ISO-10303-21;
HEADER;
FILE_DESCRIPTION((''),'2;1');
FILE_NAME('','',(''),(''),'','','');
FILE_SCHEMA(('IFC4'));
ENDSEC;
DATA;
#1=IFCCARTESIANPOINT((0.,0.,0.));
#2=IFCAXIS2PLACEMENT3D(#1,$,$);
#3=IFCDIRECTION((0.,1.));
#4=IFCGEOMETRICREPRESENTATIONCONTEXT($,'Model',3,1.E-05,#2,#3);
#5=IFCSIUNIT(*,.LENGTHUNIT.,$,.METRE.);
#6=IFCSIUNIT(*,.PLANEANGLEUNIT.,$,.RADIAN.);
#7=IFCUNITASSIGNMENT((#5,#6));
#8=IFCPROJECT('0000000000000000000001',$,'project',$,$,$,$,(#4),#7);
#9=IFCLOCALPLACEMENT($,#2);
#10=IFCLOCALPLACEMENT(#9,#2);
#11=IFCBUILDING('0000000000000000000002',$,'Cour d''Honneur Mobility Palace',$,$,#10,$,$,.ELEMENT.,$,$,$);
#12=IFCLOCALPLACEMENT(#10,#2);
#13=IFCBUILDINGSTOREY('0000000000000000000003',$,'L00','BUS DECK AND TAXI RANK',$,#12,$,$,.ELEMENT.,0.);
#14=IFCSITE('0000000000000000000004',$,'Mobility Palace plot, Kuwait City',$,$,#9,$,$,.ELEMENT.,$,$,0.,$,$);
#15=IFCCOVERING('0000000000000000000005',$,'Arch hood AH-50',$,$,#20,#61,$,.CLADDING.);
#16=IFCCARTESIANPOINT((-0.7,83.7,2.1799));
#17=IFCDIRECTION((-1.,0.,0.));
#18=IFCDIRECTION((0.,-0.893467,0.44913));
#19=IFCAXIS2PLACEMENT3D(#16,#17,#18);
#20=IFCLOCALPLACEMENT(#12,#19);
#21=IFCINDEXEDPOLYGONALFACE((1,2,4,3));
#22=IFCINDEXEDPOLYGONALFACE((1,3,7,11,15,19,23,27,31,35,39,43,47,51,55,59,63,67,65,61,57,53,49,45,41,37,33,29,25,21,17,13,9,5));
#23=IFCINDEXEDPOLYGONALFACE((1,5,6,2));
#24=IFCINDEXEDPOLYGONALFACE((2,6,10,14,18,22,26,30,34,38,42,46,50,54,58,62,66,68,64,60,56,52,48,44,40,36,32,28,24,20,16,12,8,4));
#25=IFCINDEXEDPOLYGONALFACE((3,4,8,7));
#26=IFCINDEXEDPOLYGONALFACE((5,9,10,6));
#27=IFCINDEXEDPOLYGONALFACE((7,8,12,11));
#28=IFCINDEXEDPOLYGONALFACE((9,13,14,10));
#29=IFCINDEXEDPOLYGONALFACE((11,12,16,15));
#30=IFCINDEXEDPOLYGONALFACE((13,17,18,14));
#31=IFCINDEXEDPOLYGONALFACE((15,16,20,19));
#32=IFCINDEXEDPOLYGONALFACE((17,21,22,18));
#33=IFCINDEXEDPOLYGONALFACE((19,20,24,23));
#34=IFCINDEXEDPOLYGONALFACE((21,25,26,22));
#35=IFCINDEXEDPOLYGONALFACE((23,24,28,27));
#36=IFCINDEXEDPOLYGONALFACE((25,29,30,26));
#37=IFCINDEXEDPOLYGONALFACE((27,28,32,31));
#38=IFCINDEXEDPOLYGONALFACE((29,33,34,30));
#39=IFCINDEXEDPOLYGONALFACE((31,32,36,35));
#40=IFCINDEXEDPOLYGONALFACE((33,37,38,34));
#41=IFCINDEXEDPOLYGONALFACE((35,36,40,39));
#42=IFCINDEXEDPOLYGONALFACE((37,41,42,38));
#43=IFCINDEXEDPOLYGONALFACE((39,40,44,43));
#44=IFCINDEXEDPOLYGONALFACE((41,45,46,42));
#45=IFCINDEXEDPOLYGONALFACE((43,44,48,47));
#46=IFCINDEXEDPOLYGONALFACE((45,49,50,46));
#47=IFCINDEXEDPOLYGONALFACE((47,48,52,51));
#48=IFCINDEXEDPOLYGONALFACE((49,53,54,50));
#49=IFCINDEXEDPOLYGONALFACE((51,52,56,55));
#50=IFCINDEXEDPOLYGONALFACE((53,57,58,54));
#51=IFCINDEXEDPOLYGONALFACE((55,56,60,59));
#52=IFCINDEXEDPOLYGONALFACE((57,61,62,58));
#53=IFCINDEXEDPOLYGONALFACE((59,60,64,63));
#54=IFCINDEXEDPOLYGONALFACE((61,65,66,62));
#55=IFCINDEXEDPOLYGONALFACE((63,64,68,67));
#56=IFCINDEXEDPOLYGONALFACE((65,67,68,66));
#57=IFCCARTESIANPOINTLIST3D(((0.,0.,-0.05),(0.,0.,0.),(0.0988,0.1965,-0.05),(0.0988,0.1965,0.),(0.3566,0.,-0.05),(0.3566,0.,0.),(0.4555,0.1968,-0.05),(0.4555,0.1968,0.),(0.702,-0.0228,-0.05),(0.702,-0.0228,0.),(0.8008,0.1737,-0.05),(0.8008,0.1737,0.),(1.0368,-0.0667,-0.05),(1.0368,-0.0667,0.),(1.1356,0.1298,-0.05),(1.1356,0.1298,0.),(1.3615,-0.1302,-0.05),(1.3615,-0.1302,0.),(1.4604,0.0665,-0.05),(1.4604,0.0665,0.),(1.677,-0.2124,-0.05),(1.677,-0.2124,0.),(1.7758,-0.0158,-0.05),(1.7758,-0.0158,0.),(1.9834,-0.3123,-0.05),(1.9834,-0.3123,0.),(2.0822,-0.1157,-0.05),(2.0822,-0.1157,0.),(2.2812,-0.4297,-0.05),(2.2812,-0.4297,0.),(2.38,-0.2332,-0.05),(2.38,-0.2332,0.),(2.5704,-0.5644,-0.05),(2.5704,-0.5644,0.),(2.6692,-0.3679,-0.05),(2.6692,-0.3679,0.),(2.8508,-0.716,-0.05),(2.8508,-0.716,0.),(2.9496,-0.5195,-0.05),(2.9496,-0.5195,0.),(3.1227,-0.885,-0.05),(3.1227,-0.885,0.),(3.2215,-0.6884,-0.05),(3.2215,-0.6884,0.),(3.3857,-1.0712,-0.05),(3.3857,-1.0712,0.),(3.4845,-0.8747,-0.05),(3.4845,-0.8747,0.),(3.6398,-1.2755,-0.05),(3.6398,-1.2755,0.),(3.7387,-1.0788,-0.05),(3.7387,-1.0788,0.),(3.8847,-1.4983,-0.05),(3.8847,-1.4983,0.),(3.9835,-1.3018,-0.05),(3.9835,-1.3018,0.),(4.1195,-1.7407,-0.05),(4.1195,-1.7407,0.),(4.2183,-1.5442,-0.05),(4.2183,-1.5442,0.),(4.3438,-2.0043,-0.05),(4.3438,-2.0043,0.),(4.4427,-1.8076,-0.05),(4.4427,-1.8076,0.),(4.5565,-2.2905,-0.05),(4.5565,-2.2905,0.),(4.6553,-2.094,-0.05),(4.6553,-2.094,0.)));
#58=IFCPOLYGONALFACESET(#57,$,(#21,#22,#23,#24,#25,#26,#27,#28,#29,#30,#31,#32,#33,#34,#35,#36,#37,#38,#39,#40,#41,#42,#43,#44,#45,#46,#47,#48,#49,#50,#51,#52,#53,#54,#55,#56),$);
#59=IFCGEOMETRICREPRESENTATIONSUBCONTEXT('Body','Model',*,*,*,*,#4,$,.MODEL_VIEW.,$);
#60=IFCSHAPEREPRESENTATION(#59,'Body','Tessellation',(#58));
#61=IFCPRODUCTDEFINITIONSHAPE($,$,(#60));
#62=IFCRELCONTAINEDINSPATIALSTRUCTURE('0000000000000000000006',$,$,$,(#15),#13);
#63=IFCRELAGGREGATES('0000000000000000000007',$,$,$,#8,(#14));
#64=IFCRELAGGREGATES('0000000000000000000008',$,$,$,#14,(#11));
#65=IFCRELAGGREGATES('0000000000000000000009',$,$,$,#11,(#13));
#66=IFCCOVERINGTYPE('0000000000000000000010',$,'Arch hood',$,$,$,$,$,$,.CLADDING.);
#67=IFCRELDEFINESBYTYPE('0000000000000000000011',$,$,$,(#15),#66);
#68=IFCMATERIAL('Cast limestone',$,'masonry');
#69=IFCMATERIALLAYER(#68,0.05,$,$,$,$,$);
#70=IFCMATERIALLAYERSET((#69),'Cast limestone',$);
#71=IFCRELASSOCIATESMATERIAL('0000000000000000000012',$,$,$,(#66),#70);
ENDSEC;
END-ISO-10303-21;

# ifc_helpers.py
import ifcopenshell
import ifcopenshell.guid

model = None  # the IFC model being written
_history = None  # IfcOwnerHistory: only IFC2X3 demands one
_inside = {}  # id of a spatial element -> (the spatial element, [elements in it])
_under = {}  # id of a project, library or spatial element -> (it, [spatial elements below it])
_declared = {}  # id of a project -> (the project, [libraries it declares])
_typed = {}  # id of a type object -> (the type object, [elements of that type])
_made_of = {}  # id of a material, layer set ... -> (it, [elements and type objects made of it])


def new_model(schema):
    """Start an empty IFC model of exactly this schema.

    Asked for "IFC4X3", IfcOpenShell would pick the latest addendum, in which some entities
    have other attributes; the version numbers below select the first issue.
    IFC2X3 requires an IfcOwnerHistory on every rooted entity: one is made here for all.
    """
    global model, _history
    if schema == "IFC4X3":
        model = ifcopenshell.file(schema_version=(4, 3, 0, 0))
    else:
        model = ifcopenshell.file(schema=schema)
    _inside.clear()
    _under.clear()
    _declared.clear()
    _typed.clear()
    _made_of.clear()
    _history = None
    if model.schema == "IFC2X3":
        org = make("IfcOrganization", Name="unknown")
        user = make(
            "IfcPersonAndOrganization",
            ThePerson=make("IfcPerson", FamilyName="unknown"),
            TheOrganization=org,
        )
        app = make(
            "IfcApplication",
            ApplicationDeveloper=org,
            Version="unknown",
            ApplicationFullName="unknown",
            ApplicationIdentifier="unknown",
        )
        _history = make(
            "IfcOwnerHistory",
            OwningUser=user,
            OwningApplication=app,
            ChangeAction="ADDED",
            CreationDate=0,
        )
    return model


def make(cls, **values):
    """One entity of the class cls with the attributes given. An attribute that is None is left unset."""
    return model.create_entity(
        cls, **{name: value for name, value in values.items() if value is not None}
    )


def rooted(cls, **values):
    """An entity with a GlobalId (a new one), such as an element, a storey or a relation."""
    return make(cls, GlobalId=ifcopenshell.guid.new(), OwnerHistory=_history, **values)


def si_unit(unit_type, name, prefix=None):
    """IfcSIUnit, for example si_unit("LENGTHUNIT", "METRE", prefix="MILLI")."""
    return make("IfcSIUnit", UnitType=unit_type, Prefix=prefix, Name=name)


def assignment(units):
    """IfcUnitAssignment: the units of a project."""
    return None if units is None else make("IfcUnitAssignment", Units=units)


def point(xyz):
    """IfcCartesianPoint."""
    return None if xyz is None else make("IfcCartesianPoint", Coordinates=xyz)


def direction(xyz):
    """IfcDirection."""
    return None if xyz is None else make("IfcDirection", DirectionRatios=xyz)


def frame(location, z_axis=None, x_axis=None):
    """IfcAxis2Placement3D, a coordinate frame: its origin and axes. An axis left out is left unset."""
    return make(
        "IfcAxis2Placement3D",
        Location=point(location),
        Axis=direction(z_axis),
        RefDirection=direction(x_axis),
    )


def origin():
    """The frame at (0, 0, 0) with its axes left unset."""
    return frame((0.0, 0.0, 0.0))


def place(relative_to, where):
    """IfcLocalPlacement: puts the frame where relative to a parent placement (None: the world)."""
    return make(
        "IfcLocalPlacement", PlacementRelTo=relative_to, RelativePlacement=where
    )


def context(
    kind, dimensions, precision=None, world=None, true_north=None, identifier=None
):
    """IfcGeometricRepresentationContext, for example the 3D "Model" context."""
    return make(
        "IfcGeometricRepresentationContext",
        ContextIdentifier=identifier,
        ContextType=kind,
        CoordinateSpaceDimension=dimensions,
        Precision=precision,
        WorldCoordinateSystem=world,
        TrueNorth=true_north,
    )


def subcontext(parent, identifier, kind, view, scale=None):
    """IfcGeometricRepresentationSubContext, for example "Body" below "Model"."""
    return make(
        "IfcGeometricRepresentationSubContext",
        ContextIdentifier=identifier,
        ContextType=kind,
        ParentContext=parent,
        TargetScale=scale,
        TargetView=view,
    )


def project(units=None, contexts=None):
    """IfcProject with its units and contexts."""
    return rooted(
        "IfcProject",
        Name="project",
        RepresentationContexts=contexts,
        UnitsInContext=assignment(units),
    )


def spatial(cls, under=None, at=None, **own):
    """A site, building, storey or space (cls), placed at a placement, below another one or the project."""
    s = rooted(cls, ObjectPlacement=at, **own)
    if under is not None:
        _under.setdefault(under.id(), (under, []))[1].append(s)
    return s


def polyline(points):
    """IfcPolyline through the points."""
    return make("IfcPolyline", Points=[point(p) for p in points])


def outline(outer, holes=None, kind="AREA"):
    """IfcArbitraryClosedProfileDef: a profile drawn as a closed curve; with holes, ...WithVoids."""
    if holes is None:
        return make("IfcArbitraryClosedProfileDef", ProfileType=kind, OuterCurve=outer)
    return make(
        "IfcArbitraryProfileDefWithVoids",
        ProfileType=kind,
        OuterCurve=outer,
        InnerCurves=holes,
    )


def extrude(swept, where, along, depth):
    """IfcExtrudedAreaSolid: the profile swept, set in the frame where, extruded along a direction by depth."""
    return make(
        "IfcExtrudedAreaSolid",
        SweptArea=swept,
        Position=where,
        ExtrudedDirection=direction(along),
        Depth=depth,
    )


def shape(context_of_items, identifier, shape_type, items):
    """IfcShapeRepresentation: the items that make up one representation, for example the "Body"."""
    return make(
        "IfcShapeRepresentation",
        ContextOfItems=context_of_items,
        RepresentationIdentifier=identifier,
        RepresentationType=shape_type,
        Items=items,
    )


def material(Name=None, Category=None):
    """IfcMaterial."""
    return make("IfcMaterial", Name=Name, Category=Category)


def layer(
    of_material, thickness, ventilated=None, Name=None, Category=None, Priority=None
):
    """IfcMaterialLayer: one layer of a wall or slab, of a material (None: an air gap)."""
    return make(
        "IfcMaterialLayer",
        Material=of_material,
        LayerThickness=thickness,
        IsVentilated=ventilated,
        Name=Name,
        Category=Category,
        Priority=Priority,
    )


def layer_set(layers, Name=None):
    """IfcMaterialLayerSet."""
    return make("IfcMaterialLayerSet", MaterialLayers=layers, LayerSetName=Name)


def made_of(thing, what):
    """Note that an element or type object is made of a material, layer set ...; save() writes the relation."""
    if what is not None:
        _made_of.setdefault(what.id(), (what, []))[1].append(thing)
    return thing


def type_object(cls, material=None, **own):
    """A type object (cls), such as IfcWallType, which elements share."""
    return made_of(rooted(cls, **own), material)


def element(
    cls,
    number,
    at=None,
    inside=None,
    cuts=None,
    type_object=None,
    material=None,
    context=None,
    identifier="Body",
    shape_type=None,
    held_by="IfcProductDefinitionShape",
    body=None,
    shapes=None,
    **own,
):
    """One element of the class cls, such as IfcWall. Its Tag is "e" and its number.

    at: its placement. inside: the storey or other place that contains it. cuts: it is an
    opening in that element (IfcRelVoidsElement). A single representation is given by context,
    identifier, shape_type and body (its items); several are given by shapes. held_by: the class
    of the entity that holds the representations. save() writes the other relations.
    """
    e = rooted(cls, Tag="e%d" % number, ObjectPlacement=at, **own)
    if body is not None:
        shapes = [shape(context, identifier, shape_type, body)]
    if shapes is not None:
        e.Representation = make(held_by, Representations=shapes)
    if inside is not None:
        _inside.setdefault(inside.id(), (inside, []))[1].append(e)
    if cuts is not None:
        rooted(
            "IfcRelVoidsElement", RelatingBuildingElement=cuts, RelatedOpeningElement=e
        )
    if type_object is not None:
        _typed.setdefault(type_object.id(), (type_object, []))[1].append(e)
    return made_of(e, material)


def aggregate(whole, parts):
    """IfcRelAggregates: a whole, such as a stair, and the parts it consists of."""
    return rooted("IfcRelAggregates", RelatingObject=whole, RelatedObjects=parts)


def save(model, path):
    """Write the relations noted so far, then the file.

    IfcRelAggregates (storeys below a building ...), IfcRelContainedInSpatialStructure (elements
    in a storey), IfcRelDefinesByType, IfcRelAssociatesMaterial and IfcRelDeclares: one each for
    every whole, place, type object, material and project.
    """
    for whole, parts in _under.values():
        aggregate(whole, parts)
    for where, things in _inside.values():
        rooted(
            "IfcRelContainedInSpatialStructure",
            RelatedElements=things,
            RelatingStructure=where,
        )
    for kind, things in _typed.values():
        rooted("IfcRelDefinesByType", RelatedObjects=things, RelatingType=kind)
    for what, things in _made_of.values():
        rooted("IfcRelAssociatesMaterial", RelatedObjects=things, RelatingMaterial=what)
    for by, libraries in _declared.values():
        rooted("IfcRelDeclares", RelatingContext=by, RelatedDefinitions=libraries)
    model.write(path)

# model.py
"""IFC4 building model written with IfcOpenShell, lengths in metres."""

from ifc_helpers import new_model, si_unit, direction, frame, origin, place, context, subcontext, project, spatial, polyline, outline, extrude, material, layer, layer_set, type_object, element, save


model = new_model("IFC4")

# Units and contexts
model_context = context("Model", 3, precision=1e-05, world=origin(), true_north=direction((0.0, 1.0)))
body_context = subcontext(model_context, "Body", "Model", "MODEL_VIEW")
ifc_project = project(units=[si_unit("LENGTHUNIT", "METRE"), si_unit("PLANEANGLEUNIT", "RADIAN")], contexts=[model_context])

# Site, building, storey
site_placement = place(None, origin())
site = spatial("IfcSite", under=ifc_project, at=site_placement, Name="Mobility Palace plot, Kuwait City", CompositionType="ELEMENT", RefElevation=0.0)
building_placement = place(site_placement, origin())
building = spatial("IfcBuilding", under=site, at=building_placement, Name="Cour d'Honneur Mobility Palace", CompositionType="ELEMENT")
storey_placement = place(building_placement, origin())
storey = spatial("IfcBuildingStorey", under=building, at=storey_placement, Name="L00", Description="BUS DECK AND TAXI RANK", CompositionType="ELEMENT", Elevation=0.0)

# Covering
ifc_material_1 = material(Name="Cast limestone", Category="masonry")
ifc_layer_1 = layer(ifc_material_1, 0.05)
ifc_layer_set_1 = layer_set([ifc_layer_1], Name="Cast limestone")
covering_type_1 = type_object("IfcCoveringType", Name="Arch hood", PredefinedType="CLADDING", material=ifc_layer_set_1)
covering_placement = place(storey_placement, frame((-0.7, 83.7, 2.1799), z_axis=(-1.0, 0.0, 0.0), x_axis=(0.0, -0.893467, 0.44913)))
element("IfcCovering", 1, at=covering_placement, inside=storey, type_object=covering_type_1, Name="Arch hood AH-50", PredefinedType="CLADDING", context=body_context, shape_type="SweptSolid", body=[
    extrude(outline(polyline([(0.0, 0.0), (0.3566, 0.0), (0.702, -0.0228), (1.0368, -0.0667), (1.3615, -0.1302), (1.677, -0.2124), (1.9834, -0.3123), (2.2812, -0.4297), (2.5704, -0.5644), (2.8508, -0.716), (3.1227, -0.885), (3.3857, -1.0712), (3.6398, -1.2755), (3.8847, -1.4983), (4.1195, -1.7407), (4.3438, -2.0043), (4.5565, -2.2905), (4.6553, -2.094), (4.4427, -1.8076), (4.2183, -1.5442), (3.9835, -1.3018), (3.7387, -1.0788), (3.4845, -0.8747), (3.2215, -0.6884), (2.9496, -0.5195), (2.6692, -0.3679), (2.38, -0.2332), (2.0822, -0.1157), (1.7758, -0.0158), (1.4604, 0.0665), (1.1356, 0.1298), (0.8008, 0.1737), (0.4555, 0.1968), (0.0988, 0.1965), (0.0, 0.0)])), origin(), (0.0, 0.0, -1.0), 0.05),
])

save(model, "model.ifc")
